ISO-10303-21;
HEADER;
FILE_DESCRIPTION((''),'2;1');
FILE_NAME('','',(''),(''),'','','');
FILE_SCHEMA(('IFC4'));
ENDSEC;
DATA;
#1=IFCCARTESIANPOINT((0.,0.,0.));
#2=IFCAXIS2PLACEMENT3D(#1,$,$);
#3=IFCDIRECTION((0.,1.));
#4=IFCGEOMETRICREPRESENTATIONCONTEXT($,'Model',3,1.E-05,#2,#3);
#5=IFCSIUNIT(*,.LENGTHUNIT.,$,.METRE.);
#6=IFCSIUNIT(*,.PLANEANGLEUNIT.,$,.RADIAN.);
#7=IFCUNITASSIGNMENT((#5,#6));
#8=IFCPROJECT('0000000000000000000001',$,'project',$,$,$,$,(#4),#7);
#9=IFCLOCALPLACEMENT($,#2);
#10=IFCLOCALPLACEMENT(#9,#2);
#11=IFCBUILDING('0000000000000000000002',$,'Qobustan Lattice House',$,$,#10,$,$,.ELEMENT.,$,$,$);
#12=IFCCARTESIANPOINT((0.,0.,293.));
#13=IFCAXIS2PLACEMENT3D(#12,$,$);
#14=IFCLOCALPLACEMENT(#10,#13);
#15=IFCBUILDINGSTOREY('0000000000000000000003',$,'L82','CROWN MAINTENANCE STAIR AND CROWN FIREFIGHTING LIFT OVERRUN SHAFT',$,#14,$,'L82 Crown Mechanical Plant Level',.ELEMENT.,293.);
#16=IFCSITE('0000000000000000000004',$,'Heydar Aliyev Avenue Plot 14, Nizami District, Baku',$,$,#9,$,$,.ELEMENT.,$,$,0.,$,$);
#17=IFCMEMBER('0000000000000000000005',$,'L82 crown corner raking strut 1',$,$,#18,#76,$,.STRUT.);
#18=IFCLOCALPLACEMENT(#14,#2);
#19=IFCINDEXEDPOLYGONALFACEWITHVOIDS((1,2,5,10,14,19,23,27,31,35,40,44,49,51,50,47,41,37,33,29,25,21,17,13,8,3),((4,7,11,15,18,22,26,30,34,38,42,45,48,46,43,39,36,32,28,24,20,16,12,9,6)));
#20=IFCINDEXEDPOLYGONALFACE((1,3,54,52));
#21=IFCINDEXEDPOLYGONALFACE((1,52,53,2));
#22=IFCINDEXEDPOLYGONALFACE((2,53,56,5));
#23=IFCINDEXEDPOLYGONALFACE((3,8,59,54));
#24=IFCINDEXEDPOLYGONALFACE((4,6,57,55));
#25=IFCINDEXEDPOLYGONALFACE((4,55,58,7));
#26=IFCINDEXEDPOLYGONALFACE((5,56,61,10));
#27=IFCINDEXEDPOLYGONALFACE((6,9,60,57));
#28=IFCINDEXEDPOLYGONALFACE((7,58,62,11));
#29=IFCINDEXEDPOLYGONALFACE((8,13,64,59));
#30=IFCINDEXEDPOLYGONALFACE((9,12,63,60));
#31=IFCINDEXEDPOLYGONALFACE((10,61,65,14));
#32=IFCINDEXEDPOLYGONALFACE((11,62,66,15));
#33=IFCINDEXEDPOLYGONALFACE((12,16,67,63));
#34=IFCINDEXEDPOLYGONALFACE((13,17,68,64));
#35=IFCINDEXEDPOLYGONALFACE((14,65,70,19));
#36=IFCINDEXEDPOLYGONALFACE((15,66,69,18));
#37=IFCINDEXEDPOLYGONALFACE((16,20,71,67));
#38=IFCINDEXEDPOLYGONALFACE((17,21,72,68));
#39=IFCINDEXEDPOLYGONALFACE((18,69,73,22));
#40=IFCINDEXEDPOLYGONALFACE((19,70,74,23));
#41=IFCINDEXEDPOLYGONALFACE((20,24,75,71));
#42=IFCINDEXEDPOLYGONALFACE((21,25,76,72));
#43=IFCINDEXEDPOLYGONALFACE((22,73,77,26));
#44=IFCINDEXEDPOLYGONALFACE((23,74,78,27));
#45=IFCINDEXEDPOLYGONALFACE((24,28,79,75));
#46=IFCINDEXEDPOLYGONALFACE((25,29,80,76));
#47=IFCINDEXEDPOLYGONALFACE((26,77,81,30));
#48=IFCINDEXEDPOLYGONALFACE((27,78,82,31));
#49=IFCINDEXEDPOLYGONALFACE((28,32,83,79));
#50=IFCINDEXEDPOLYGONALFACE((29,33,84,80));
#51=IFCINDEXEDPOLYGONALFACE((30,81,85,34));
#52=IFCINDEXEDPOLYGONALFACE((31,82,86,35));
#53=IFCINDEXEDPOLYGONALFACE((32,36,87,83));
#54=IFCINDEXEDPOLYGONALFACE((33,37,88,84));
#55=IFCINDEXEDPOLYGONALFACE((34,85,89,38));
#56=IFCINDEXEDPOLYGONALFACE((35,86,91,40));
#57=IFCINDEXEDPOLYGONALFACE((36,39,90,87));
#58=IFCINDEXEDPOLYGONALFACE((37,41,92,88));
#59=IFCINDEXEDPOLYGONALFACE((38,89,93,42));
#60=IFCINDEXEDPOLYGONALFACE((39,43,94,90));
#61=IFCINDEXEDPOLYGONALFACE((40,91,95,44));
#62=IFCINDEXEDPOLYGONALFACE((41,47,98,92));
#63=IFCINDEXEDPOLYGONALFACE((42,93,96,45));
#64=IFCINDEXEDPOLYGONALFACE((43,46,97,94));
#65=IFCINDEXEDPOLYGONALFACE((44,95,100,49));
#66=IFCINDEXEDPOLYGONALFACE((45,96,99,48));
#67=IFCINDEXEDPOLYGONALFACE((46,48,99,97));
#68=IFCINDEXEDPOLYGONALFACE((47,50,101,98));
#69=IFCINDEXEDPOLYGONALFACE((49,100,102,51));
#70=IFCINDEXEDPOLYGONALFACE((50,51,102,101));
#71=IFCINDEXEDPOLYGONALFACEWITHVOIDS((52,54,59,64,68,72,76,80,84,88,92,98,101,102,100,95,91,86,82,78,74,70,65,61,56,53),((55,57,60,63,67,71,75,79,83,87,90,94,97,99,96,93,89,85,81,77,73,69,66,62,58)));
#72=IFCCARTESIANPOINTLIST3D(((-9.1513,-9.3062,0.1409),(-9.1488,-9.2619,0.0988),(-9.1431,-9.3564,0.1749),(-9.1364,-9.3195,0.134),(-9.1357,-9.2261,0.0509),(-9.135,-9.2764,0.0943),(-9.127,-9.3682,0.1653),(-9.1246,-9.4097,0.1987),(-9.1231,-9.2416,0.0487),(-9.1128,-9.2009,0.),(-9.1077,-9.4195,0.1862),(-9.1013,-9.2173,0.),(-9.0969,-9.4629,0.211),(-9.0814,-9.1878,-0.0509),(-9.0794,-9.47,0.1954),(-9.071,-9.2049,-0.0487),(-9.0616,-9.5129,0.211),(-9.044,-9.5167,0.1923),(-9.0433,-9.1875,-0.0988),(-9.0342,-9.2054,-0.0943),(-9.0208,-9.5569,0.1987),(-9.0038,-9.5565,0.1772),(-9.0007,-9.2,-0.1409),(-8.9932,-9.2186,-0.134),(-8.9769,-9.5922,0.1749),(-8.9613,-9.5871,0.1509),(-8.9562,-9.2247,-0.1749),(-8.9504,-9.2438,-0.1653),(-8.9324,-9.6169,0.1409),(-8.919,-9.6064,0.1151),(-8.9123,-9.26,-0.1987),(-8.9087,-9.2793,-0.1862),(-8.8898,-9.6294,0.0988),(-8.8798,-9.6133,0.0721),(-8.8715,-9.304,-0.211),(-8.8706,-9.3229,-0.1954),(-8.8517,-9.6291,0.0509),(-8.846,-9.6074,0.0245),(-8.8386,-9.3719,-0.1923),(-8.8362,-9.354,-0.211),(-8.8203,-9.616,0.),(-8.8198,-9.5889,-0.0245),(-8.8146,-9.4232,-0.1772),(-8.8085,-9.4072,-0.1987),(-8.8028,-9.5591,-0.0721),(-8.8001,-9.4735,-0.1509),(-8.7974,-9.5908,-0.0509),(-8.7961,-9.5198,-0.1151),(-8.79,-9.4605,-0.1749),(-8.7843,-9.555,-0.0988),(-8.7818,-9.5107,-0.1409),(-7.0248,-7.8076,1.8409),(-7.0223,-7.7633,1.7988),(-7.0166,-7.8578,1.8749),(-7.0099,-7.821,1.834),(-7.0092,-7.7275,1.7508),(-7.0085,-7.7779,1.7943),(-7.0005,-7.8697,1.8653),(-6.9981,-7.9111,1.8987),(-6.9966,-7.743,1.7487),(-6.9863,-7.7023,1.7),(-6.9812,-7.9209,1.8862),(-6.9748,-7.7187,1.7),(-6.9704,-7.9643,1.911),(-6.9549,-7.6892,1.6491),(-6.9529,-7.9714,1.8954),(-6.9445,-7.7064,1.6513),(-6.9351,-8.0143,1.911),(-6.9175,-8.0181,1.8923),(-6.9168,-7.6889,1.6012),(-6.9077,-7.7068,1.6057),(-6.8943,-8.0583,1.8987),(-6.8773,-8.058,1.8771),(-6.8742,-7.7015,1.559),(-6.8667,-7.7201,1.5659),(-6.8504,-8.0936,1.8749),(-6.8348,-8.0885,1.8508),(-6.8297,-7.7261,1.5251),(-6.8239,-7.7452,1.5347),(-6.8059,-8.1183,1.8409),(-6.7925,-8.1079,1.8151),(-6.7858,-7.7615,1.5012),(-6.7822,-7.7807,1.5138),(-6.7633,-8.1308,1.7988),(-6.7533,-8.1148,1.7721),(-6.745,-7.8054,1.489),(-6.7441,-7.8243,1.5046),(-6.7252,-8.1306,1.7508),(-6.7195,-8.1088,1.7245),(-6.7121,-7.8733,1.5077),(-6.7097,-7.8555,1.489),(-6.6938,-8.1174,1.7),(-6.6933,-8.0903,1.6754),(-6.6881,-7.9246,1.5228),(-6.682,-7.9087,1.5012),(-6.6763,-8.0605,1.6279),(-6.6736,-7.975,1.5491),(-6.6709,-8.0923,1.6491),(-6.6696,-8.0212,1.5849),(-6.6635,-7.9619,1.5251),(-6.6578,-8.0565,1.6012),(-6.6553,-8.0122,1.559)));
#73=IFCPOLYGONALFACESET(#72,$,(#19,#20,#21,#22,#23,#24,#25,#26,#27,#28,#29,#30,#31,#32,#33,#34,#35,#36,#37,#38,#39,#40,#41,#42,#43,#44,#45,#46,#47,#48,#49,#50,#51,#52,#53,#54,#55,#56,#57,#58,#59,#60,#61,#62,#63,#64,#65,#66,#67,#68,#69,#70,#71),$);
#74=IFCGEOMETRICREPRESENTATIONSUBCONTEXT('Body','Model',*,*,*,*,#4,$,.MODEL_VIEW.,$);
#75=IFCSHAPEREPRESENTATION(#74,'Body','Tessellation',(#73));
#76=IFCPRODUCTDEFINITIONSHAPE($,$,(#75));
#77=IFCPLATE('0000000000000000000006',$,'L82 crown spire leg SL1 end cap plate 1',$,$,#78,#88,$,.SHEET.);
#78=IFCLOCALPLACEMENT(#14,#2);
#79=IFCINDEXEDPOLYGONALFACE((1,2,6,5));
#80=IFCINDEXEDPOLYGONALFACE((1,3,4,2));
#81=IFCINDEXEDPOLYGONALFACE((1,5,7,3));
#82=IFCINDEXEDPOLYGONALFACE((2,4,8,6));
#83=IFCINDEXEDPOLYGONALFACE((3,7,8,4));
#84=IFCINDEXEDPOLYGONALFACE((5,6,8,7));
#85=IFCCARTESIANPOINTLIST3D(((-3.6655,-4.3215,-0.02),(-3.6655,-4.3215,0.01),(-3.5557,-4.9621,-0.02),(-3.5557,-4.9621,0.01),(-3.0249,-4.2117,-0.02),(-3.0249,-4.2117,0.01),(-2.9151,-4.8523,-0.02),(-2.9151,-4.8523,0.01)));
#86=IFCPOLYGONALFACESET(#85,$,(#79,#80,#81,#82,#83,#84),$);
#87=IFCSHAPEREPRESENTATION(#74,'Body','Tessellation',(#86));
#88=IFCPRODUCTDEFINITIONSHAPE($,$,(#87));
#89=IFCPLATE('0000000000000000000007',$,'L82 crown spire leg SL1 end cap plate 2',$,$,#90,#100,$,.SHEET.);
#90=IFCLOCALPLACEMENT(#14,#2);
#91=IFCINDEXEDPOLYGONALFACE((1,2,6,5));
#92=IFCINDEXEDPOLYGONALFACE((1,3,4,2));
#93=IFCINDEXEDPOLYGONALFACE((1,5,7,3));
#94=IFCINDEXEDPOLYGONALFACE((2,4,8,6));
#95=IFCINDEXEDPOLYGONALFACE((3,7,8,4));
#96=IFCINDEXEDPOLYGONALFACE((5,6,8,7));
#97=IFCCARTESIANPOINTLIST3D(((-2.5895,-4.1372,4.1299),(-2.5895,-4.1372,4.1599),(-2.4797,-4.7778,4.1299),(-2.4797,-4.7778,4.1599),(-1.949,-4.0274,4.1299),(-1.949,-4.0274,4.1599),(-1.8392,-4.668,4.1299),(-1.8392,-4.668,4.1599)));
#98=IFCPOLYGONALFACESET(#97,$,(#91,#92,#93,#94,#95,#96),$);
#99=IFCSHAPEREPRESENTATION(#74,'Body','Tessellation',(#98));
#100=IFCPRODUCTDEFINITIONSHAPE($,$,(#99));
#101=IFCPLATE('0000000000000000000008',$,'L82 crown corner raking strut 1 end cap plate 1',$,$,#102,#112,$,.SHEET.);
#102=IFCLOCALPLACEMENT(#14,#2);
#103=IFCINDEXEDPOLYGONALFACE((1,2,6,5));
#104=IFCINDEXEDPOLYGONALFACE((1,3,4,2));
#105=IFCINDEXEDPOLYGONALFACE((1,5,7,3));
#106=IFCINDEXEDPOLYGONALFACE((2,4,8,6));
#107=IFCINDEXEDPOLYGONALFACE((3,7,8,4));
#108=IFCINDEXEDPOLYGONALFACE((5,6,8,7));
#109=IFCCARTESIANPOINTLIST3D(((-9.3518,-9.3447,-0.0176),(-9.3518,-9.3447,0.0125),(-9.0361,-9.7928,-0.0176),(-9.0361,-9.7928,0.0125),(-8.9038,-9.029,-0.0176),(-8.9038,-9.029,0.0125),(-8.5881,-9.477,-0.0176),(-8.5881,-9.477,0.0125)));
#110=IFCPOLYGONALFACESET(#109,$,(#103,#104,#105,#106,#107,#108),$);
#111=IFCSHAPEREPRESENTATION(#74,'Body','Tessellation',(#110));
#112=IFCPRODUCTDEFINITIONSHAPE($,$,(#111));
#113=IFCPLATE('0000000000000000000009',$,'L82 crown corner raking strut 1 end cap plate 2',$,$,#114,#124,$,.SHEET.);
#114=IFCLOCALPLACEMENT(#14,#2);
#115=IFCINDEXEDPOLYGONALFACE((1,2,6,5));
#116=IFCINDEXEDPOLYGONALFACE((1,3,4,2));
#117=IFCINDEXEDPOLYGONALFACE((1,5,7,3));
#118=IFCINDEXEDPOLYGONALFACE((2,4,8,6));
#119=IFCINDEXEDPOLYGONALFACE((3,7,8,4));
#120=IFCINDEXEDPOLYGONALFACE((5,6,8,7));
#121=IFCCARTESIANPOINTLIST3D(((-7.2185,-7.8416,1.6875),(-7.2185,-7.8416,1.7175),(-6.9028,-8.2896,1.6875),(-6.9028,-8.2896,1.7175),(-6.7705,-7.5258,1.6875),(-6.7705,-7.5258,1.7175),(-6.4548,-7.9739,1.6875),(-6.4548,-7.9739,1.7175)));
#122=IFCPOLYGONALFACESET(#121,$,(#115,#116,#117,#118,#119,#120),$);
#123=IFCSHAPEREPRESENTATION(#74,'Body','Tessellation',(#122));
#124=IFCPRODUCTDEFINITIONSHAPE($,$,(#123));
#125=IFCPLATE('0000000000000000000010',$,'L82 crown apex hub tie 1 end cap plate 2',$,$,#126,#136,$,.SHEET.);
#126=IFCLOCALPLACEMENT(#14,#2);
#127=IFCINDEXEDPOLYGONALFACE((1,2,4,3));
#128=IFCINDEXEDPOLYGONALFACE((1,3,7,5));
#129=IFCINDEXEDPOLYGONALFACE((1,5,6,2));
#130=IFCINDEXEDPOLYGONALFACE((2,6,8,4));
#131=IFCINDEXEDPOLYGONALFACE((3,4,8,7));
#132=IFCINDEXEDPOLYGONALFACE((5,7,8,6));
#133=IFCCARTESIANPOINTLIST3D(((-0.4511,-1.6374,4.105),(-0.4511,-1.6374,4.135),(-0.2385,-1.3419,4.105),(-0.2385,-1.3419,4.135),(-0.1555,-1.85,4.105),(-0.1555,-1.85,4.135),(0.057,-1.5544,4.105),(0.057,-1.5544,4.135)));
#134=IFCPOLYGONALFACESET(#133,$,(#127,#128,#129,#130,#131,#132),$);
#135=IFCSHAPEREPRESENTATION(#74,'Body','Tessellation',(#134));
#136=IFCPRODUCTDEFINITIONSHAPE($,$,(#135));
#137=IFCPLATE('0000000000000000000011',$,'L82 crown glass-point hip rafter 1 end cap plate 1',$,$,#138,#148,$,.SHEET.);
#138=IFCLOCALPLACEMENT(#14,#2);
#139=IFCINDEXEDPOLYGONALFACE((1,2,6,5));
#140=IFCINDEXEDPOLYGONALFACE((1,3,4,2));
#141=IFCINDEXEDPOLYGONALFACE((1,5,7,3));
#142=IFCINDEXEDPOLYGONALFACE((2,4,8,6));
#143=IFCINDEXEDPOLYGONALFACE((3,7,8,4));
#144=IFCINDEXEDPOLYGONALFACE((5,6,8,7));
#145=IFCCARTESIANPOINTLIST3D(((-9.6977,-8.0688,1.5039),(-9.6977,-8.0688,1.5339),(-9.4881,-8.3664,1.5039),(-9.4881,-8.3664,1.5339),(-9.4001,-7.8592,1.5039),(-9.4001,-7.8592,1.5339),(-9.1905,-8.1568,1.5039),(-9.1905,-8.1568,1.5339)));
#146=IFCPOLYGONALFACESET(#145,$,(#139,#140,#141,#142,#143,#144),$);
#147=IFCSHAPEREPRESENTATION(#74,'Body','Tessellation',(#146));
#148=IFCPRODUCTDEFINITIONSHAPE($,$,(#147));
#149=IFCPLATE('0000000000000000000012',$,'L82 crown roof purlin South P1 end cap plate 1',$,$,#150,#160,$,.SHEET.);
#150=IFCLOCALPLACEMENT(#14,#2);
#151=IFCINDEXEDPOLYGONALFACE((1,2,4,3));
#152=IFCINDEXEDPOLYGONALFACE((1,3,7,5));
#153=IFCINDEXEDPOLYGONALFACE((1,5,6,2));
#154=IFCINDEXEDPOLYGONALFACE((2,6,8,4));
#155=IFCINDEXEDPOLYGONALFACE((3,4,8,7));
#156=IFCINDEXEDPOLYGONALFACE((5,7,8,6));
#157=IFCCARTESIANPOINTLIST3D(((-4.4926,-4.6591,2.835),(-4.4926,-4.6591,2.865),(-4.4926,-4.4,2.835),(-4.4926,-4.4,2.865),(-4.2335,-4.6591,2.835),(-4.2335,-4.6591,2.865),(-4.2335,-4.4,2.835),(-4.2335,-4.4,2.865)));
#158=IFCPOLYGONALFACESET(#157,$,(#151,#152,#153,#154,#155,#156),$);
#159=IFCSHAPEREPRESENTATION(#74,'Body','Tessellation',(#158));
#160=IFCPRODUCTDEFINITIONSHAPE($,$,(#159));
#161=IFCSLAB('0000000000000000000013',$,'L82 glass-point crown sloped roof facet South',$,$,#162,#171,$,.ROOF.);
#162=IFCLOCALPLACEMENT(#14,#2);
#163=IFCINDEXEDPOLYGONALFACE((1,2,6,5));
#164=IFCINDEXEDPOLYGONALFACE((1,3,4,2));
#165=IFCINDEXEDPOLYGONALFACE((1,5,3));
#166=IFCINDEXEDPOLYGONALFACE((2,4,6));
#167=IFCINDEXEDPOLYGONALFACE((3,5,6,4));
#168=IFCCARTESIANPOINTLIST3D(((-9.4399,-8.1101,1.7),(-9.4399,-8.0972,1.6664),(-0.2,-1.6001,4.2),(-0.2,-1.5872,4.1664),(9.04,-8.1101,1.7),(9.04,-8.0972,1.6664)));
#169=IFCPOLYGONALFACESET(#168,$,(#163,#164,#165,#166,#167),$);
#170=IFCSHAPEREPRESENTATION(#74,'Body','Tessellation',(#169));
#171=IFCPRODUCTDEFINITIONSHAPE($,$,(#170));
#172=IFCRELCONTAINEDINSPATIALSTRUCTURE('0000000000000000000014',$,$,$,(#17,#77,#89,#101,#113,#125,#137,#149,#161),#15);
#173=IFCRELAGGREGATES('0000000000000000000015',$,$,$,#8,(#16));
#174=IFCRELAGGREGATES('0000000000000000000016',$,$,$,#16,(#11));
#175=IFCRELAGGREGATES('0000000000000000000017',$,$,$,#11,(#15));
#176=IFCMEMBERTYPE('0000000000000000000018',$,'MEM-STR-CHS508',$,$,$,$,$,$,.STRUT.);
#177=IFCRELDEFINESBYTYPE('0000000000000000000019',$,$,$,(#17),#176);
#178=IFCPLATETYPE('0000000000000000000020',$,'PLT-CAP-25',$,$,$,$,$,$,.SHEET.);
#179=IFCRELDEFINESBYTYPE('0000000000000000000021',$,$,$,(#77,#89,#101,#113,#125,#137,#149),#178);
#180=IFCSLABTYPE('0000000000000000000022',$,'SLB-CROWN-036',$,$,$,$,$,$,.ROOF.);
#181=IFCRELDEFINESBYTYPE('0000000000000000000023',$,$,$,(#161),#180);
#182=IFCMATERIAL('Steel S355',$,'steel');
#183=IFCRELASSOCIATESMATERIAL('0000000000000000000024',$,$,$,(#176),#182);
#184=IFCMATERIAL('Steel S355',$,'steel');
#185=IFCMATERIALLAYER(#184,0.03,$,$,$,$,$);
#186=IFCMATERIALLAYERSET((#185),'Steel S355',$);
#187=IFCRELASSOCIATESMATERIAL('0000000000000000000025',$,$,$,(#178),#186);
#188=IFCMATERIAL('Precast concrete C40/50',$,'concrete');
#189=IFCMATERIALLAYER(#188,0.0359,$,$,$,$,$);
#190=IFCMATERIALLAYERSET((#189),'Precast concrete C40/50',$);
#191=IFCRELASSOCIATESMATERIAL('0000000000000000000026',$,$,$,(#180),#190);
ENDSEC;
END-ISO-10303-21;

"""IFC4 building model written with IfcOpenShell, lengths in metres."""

from ifc_helpers import new_model, si_unit, direction, frame, origin, origin_2d, place, context, subcontext, project, spatial, polyline, rectangle, hollow_circle, outline, extrude, material, layer, layer_set, material_profile, profile_set, type_object, element, save


model = new_model("IFC4")

# Units and contexts
model_context = context("Model", 3, precision=1e-05, world=origin(), true_north=direction((0.0, 1.0)))
body_context = subcontext(model_context, "Body", "Model", "MODEL_VIEW")
ifc_project = project(units=[si_unit("LENGTHUNIT", "METRE"), si_unit("PLANEANGLEUNIT", "RADIAN")], contexts=[model_context])

# Site, building, storey
site_placement = place(None, origin())
site = spatial("IfcSite", under=ifc_project, at=site_placement, Name="Heydar Aliyev Avenue Plot 14, Nizami District, Baku", CompositionType="ELEMENT", RefElevation=0.0)
building_placement = place(site_placement, origin())
building = spatial("IfcBuilding", under=site, at=building_placement, Name="Qobustan Lattice House", CompositionType="ELEMENT")
storey_placement = place(building_placement, frame((0.0, 0.0, 293.0)))
storey = spatial("IfcBuildingStorey", under=building, at=storey_placement, Name="L82", Description="CROWN MAINTENANCE STAIR AND CROWN FIREFIGHTING LIFT OVERRUN SHAFT", LongName="L82 Crown Mechanical Plant Level", CompositionType="ELEMENT", Elevation=293.0)

# Member
ifc_material_1 = material(Name="Steel S355", Category="steel")
ifc_material_profile_1 = material_profile(ifc_material_1, hollow_circle(Radius=0.2539, WallThickness=0.02, at=origin_2d()), Name="CHS508x20")
ifc_profile_set_1 = profile_set([ifc_material_profile_1], Name="Steel S355")
member_type_1 = type_object("IfcMemberType", Name="MEM-STR-CHS508", PredefinedType="STRUT", material=ifc_profile_set_1)
member_1_placement = place(storey_placement, frame((-8.9666, -9.4084, 0.0), z_axis=(0.684275, 0.482213, 0.547027), x_axis=(-0.576042, 0.81742, 0.0)))
element("IfcMember", 1, at=member_1_placement, inside=storey, type_object=member_type_1, Name="L82 crown corner raking strut 1", PredefinedType="STRUT", context=body_context, shape_type="SweptSolid", body=[
    extrude(hollow_circle(Radius=0.2539, WallThickness=0.02, at=origin_2d()), origin(), (0.0, 0.0, 1.0), 3.1077),
])

# Plates
ifc_material_2 = material(Name="Steel S355", Category="steel")
ifc_layer_1 = layer(ifc_material_2, 0.03)
ifc_layer_set_1 = layer_set([ifc_layer_1], Name="Steel S355")
plate_type = type_object("IfcPlateType", Name="PLT-CAP-25", PredefinedType="SHEET", material=ifc_layer_set_1)
for number, where, z_axis, x_axis, name in (
    (2, (-3.2903, -4.5869, -0.02), (0.0, 0.0, 1.0), (0.985621, 0.168971, 0.0), "L82 crown spire leg SL1 end cap plate 1"),
    (3, (-2.2144, -4.4026, 4.1299), (0.0, 0.0, 1.0), (0.985621, 0.168971, 0.0), "L82 crown spire leg SL1 end cap plate 2"),
):
    element("IfcPlate", number, at=place(storey_placement, frame(where, z_axis=z_axis, x_axis=x_axis)), inside=storey, type_object=plate_type, Name=name, PredefinedType="SHEET", context=body_context, shape_type="SweptSolid", body=[
        extrude(rectangle(XDim=0.6499, YDim=0.6499, at=origin_2d()), origin(), (0.0, 0.0, 1.0), 0.03),
    ])
for number, where, z_axis, x_axis, name in (
    (4, (-8.97, -9.4109, -0.0176), (0.0, 0.0, 1.0), (0.817426, 0.576033, 0.0), "L82 crown corner raking strut 1 end cap plate 1"),
    (5, (-6.8367, -7.9077, 1.6875), (0.0, 0.0, 1.0), (0.817426, 0.576033, 0.0), "L82 crown corner raking strut 1 end cap plate 2"),
):
    element("IfcPlate", number, at=place(storey_placement, frame(where, z_axis=z_axis, x_axis=x_axis)), inside=storey, type_object=plate_type, Name=name, PredefinedType="SHEET", context=body_context, shape_type="SweptSolid", body=[
        extrude(rectangle(XDim=0.5481, YDim=0.5481, at=origin_2d()), origin(), (0.0, 0.0, 1.0), 0.03),
    ])
for number, where, z_axis, x_axis, name in (
    (6, (-0.197, -1.5959, 4.105), (0.0, 0.0, 1.0), (0.583853, 0.811859, 0.0), "L82 crown apex hub tie 1 end cap plate 2"),
    (7, (-9.4441, -8.1128, 1.5039), (0.0, 0.0, 1.0), (0.817487, 0.575947, 0.0), "L82 crown glass-point hip rafter 1 end cap plate 1"),
):
    element("IfcPlate", number, at=place(storey_placement, frame(where, z_axis=z_axis, x_axis=x_axis)), inside=storey, type_object=plate_type, Name=name, PredefinedType="SHEET", context=body_context, shape_type="SweptSolid", body=[
        extrude(rectangle(XDim=0.364, YDim=0.364, at=origin_2d()), origin(), (0.0, 0.0, 1.0), 0.03),
    ])
plate_placement = place(storey_placement, frame((-4.363, -4.5295, 2.835), z_axis=(0.0, 0.0, 1.0), x_axis=(1.0, 0.0, 0.0)))
element("IfcPlate", 8, at=plate_placement, inside=storey, type_object=plate_type, Name="L82 crown roof purlin South P1 end cap plate 1", PredefinedType="SHEET", context=body_context, shape_type="SweptSolid", body=[
    extrude(rectangle(XDim=0.259, YDim=0.259, at=origin_2d()), origin(), (0.0, 0.0, 1.0), 0.03),
])

# Slab
ifc_material_3 = material(Name="Precast concrete C40/50", Category="concrete")
ifc_layer_2 = layer(ifc_material_3, 0.0359)
ifc_layer_set_2 = layer_set([ifc_layer_2], Name="Precast concrete C40/50")
slab_type_1 = type_object("IfcSlabType", Name="SLB-CROWN-036", PredefinedType="ROOF", material=ifc_layer_set_2)
slab_1_placement = place(storey_placement, frame((-9.4399, -8.1101, 1.7), z_axis=(0.0, -0.358498, 0.93353), x_axis=(1.0, 0.0, 0.0)))
element("IfcSlab", 9, at=slab_1_placement, inside=storey, type_object=slab_type_1, Name="L82 glass-point crown sloped roof facet South", PredefinedType="ROOF", context=body_context, shape_type="SweptSolid", body=[
    extrude(outline(polyline([(0.0, 0.0), (18.48, 0.0), (9.24, 6.9735), (0.0, 0.0)])), origin(), (0.0, 0.0, -1.0), 0.0359),
])

save(model, "model.ifc")
